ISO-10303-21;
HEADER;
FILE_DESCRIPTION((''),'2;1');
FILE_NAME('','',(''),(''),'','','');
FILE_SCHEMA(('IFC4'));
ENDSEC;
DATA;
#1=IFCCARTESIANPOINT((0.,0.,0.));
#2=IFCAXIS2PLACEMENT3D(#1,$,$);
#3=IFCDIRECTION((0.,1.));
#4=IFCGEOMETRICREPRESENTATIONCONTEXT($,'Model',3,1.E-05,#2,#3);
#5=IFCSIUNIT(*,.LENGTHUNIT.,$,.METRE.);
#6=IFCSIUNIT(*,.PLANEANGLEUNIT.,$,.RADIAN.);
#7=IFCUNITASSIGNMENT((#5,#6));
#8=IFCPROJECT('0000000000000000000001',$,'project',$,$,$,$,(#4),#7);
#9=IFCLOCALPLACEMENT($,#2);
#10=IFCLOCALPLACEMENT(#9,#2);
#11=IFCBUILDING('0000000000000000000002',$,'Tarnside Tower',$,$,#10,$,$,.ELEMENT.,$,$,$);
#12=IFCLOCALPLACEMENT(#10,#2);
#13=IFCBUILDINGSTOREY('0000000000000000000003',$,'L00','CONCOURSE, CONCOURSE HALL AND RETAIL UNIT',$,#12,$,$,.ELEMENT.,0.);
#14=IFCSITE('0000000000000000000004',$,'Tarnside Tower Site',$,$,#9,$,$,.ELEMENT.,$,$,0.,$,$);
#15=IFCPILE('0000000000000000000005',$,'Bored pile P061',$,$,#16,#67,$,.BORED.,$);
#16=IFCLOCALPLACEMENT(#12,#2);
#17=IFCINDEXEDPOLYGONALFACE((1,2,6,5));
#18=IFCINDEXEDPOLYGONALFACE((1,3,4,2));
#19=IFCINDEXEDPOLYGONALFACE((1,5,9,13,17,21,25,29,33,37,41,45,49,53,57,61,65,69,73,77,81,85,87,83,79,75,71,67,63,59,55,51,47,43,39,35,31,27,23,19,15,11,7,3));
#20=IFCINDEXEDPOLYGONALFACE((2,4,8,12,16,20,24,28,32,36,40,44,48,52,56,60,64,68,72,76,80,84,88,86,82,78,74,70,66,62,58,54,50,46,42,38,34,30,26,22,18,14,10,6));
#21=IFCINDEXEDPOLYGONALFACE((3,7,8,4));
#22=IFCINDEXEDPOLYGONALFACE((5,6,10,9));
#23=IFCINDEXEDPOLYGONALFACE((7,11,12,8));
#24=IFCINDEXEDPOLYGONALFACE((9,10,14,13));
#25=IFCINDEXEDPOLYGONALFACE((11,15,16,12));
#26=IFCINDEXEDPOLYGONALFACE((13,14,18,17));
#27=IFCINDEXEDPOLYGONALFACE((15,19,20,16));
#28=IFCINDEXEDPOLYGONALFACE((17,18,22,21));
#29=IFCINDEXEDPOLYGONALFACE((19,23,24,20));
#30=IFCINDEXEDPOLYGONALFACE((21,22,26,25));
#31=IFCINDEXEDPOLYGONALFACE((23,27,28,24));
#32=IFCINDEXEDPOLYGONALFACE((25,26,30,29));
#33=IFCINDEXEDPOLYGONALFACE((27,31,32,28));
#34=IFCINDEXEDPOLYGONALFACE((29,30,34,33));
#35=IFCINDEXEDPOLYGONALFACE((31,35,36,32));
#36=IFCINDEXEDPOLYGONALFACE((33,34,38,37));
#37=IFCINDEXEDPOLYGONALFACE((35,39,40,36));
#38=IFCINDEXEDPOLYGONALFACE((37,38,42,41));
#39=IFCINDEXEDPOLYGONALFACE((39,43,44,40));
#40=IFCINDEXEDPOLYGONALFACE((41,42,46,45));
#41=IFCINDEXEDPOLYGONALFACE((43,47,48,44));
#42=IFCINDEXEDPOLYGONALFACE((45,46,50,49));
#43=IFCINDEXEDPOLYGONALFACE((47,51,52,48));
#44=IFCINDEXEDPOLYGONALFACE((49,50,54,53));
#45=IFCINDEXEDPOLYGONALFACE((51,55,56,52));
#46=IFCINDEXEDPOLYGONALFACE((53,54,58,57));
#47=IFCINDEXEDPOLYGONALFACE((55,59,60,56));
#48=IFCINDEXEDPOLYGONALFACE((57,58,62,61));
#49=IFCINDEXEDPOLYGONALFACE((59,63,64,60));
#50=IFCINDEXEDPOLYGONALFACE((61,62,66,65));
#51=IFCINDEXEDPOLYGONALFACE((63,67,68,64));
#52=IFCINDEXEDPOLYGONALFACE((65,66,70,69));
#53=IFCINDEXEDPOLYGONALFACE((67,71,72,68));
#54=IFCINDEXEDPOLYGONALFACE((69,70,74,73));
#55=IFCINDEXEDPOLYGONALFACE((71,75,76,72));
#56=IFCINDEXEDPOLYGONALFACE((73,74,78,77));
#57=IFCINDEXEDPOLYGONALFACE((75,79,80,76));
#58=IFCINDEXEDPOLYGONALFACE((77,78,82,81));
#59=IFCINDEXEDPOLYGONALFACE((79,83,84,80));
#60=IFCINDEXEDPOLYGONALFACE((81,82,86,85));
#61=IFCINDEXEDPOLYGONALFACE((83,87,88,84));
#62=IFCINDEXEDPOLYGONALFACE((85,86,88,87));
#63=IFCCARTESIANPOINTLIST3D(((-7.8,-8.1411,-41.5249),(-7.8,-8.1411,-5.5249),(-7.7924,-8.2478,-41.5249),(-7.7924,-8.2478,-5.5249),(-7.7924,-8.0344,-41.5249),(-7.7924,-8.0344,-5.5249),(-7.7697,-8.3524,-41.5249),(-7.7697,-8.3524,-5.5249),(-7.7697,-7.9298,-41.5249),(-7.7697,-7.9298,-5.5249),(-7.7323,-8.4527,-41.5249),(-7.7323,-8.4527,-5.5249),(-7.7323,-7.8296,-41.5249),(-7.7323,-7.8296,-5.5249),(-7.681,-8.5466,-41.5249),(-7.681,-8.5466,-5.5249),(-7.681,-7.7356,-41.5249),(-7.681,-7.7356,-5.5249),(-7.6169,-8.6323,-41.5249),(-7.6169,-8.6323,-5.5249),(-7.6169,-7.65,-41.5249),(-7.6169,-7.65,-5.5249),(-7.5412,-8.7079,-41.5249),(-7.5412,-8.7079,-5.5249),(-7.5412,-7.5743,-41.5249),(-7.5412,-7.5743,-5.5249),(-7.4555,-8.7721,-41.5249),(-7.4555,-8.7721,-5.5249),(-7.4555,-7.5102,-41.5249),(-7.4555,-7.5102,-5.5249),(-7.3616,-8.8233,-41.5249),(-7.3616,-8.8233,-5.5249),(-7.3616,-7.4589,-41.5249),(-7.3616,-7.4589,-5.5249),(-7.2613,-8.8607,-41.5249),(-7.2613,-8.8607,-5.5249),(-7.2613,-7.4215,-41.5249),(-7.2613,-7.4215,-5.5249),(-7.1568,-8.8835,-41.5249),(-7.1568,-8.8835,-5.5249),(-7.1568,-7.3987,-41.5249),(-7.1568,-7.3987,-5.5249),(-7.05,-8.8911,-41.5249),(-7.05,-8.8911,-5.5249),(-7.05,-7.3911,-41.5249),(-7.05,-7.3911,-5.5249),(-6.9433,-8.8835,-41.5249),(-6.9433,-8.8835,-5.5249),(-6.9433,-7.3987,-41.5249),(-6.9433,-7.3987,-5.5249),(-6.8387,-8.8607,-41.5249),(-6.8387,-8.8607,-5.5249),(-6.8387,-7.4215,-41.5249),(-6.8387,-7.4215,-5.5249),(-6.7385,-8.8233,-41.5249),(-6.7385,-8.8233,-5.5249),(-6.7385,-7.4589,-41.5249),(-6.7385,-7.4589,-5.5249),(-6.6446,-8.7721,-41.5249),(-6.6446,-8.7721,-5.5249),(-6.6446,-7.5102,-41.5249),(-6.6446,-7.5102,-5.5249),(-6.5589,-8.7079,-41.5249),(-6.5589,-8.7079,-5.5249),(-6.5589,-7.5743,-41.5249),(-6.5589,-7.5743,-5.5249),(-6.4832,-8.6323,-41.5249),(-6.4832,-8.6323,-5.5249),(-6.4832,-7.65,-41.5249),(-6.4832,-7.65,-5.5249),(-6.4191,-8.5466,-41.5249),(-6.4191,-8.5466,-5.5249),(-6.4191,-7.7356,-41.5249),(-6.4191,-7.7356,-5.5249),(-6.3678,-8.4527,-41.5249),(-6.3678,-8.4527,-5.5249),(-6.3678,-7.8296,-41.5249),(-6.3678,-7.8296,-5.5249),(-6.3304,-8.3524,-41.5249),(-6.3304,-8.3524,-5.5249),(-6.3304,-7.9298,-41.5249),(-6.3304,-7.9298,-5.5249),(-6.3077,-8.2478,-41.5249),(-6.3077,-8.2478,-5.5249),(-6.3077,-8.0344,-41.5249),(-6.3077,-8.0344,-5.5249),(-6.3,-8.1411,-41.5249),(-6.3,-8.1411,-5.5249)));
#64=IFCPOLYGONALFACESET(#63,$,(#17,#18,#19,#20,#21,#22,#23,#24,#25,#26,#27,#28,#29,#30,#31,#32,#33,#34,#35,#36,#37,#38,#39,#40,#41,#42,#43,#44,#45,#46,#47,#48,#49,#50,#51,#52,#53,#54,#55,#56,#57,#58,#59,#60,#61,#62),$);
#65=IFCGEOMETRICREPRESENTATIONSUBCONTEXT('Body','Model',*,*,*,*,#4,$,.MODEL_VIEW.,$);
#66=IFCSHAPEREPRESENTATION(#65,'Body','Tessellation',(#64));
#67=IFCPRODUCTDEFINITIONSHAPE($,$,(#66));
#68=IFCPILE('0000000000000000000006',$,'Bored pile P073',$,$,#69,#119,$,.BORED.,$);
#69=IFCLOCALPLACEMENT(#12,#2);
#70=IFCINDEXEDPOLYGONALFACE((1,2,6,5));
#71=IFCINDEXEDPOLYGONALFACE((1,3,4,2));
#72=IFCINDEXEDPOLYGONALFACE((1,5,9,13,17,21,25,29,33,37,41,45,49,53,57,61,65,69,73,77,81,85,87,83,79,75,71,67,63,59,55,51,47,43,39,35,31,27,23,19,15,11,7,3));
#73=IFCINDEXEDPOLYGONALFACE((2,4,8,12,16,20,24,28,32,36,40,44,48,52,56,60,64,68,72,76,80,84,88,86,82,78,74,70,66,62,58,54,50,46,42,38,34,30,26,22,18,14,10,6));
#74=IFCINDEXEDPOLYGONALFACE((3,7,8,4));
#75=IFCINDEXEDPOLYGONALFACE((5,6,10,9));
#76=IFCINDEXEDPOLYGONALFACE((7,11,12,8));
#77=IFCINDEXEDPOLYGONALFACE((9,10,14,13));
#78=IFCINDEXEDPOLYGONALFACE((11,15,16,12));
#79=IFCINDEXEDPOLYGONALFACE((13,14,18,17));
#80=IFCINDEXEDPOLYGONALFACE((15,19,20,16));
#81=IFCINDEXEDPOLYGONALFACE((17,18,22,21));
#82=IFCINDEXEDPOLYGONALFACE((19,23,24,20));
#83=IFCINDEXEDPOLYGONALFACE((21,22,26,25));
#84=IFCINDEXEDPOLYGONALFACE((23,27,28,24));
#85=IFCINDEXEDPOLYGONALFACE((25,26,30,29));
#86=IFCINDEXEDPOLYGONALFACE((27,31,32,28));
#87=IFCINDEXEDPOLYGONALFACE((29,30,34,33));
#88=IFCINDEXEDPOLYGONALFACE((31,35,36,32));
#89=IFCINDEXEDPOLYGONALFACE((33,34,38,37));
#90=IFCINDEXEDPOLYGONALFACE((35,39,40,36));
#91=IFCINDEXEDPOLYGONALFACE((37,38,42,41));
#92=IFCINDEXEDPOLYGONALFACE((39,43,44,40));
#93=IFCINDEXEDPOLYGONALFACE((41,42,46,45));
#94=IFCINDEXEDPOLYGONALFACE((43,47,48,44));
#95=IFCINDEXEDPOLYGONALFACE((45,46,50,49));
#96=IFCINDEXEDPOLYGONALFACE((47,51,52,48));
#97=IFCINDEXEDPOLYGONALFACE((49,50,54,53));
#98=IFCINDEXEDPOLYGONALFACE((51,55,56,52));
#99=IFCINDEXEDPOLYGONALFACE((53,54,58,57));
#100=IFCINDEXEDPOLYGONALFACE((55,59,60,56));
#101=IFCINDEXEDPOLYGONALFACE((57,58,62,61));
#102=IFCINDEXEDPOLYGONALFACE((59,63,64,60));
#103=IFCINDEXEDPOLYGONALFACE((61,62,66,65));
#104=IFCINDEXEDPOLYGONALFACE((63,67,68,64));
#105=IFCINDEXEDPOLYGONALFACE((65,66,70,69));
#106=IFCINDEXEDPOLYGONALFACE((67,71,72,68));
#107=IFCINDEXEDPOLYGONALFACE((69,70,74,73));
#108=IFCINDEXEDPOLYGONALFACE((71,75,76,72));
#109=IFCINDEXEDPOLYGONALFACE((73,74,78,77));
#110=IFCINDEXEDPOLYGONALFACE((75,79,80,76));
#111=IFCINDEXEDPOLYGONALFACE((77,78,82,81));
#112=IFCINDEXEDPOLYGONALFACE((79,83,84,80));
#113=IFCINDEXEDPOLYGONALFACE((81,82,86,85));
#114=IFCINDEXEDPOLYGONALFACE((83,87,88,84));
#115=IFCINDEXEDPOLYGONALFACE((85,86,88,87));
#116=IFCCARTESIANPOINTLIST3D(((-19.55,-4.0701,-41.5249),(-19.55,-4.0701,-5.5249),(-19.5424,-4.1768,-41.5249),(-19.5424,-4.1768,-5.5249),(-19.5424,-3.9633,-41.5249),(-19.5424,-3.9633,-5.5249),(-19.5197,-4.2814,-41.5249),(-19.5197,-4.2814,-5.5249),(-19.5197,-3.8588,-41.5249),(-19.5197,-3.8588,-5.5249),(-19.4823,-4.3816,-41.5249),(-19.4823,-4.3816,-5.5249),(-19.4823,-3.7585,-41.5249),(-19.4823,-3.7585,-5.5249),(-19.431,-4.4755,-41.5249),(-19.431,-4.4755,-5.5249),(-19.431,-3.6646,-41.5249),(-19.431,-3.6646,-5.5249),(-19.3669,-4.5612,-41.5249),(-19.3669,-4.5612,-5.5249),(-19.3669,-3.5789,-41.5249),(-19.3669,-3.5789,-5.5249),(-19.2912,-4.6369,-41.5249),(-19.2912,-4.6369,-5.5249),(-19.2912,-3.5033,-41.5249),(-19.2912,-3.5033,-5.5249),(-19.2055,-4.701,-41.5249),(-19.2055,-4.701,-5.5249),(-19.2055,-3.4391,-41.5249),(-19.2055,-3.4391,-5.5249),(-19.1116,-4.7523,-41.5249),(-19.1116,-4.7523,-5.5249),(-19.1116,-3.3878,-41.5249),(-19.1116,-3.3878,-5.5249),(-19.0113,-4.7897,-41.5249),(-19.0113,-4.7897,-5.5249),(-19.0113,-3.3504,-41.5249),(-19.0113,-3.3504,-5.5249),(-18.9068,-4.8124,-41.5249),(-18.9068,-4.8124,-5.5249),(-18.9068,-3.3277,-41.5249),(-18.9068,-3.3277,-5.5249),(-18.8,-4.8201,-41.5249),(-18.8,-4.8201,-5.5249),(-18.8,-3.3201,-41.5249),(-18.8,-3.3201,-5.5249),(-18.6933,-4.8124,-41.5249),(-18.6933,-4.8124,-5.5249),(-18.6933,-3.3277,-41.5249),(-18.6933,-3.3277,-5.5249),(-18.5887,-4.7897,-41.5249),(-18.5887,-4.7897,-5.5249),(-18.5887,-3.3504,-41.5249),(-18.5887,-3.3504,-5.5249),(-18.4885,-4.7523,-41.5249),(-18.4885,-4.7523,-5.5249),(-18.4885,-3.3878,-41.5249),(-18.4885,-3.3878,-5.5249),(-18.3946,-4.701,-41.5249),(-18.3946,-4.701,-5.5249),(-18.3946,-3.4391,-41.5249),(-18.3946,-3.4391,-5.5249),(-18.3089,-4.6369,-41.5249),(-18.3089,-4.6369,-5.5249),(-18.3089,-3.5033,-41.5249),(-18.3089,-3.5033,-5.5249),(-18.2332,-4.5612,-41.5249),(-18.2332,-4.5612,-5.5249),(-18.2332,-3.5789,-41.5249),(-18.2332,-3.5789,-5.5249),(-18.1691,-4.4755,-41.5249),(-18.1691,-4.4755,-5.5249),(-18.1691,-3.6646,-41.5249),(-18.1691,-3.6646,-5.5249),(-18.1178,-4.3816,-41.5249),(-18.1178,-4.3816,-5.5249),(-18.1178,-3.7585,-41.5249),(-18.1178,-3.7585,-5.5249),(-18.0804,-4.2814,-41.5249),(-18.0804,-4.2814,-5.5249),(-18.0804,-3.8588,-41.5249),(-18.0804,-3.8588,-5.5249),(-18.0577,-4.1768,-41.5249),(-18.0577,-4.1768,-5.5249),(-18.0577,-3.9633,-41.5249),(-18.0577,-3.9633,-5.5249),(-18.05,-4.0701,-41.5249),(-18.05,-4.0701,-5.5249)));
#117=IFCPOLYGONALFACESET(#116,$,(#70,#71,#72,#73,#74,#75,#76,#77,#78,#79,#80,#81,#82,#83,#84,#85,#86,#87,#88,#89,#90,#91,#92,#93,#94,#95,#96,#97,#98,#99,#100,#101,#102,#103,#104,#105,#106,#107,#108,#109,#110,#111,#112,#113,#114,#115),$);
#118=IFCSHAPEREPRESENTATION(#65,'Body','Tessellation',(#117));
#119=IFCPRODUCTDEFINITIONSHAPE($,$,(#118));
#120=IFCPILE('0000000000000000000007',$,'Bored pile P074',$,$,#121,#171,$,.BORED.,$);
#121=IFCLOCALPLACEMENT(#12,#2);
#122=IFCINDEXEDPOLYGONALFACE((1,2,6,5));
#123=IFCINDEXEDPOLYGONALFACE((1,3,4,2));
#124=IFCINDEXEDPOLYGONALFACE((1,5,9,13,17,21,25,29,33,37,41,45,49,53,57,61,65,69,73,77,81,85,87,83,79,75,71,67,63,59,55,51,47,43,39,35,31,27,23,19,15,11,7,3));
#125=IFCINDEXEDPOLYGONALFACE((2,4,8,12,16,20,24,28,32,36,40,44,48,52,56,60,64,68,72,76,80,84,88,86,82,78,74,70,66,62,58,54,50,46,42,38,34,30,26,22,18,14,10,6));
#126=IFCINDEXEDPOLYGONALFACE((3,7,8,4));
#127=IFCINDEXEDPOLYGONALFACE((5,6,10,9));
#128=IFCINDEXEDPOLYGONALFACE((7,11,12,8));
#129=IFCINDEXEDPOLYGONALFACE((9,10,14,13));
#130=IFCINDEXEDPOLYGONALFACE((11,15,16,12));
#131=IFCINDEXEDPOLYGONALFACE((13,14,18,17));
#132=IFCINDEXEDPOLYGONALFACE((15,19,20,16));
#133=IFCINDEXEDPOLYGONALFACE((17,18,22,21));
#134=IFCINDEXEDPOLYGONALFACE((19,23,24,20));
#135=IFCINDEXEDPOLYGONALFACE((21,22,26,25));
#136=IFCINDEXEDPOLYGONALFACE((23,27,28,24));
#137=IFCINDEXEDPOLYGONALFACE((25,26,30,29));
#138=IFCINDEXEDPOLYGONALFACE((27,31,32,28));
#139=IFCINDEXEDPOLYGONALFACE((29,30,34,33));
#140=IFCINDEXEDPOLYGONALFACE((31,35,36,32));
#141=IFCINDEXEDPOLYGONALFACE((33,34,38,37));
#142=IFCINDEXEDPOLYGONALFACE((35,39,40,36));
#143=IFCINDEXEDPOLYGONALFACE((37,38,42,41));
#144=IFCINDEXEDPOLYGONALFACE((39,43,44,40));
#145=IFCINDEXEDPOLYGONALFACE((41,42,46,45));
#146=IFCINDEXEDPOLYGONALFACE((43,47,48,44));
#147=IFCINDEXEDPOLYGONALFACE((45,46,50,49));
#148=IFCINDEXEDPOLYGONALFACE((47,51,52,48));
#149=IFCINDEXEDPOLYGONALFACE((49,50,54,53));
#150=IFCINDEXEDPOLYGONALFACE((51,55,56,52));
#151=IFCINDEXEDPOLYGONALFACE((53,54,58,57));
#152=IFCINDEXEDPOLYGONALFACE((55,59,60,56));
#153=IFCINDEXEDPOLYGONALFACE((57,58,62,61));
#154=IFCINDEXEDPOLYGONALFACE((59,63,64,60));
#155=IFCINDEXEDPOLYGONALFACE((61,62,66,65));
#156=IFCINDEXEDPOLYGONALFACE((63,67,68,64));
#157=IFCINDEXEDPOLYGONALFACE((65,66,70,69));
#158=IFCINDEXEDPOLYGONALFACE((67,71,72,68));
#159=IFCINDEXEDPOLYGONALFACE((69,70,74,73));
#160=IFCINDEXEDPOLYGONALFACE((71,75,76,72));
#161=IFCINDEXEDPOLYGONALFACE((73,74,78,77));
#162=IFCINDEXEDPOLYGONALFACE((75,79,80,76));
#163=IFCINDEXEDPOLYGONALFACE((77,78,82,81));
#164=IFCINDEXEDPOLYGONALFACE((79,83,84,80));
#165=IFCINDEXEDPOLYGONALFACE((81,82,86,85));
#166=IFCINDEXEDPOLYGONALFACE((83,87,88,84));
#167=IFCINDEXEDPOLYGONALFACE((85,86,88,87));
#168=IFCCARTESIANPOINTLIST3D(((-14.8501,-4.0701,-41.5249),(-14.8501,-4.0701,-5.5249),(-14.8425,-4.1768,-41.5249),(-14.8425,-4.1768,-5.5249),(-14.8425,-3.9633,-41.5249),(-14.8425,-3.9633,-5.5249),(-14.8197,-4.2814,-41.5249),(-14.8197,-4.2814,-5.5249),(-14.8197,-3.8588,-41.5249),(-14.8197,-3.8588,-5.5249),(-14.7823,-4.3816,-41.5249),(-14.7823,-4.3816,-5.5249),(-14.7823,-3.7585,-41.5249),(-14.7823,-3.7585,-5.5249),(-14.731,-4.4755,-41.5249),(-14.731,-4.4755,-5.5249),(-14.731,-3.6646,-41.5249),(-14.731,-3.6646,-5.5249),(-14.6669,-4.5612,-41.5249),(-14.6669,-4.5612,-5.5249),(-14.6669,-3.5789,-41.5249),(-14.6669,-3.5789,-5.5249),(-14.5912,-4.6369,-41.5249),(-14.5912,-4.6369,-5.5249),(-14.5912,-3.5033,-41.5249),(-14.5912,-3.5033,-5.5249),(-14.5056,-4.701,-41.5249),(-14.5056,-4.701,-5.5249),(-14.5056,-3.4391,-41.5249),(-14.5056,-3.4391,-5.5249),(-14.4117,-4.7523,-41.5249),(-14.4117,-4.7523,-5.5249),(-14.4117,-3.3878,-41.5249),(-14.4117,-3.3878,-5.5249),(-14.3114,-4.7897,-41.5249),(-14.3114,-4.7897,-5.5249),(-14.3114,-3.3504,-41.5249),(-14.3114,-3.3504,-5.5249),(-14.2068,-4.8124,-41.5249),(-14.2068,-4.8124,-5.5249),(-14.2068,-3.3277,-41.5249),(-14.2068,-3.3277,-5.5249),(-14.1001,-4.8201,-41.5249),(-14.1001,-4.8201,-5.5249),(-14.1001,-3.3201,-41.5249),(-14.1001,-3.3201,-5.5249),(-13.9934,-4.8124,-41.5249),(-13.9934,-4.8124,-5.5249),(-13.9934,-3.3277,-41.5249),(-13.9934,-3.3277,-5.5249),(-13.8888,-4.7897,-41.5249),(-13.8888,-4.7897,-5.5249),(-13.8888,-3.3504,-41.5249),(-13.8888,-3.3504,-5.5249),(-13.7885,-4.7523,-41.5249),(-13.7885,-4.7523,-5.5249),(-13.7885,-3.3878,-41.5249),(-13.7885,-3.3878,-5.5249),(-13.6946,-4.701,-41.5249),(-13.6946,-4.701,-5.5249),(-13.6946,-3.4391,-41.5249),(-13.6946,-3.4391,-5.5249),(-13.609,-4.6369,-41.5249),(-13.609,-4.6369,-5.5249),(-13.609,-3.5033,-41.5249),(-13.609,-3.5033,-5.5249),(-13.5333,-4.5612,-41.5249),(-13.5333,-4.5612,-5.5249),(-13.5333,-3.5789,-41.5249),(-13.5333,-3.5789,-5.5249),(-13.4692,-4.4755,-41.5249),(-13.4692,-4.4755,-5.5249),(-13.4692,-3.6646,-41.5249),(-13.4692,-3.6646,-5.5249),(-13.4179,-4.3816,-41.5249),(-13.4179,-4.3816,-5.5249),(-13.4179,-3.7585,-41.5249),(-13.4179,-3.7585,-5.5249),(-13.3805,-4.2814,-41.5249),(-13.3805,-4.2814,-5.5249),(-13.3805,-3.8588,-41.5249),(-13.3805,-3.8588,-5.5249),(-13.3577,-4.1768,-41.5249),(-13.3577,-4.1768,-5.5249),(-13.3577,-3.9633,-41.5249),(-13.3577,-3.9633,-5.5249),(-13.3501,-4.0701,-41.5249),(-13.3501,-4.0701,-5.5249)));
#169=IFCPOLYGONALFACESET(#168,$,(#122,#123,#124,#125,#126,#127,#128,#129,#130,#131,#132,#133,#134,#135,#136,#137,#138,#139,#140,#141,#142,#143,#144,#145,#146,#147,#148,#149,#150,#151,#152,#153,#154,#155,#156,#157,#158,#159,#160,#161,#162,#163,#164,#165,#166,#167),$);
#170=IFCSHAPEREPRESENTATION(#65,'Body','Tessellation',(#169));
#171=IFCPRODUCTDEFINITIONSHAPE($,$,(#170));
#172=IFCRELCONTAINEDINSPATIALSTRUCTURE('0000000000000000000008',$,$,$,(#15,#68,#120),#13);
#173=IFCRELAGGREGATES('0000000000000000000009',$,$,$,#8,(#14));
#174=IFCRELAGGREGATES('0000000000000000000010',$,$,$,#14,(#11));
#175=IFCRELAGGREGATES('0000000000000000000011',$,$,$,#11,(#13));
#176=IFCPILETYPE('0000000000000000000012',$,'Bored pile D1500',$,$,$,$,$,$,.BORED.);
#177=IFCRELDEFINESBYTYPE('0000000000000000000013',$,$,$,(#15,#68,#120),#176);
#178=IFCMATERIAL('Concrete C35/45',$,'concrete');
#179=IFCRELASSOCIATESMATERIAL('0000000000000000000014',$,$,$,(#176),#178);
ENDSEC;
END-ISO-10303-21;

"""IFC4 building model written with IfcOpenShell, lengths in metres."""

from ifc_helpers import new_model, si_unit, direction, frame, origin, origin_2d, place, context, subcontext, project, spatial, circle, extrude, material, material_profile, profile_set, type_object, element, save


model = new_model("IFC4")

# Units and contexts
model_context = context("Model", 3, precision=1e-05, world=origin(), true_north=direction((0.0, 1.0)))
body_context = subcontext(model_context, "Body", "Model", "MODEL_VIEW")
ifc_project = project(units=[si_unit("LENGTHUNIT", "METRE"), si_unit("PLANEANGLEUNIT", "RADIAN")], contexts=[model_context])

# Site, building, storey
site_placement = place(None, origin())
site = spatial("IfcSite", under=ifc_project, at=site_placement, Name="Tarnside Tower Site", CompositionType="ELEMENT", RefElevation=0.0)
building_placement = place(site_placement, origin())
building = spatial("IfcBuilding", under=site, at=building_placement, Name="Tarnside Tower", CompositionType="ELEMENT")
storey_placement = place(building_placement, origin())
storey = spatial("IfcBuildingStorey", under=building, at=storey_placement, Name="L00", Description="CONCOURSE, CONCOURSE HALL AND RETAIL UNIT", CompositionType="ELEMENT", Elevation=0.0)

# Piles
ifc_material_1 = material(Name="Concrete C35/45", Category="concrete")
ifc_material_profile_1 = material_profile(ifc_material_1, circle(Radius=0.75, at=origin_2d()), Name="Bored pile D1500")
ifc_profile_set_1 = profile_set([ifc_material_profile_1], Name="Concrete C35/45")
pile_type = type_object("IfcPileType", Name="Bored pile D1500", PredefinedType="BORED", material=ifc_profile_set_1)
for number, where, z_axis, x_axis, name in (
    (1, (-7.05, -8.1411, -5.5249), (0.0, 0.0, -1.0), (1.0, 0.0, 0.0), "Bored pile P061"),
    (2, (-18.8, -4.0701, -5.5249), (0.0, 0.0, -1.0), (1.0, 0.0, 0.0), "Bored pile P073"),
    (3, (-14.1001, -4.0701, -5.5249), (0.0, 0.0, -1.0), (1.0, 0.0, 0.0), "Bored pile P074"),
):
    element("IfcPile", number, at=place(storey_placement, frame(where, z_axis=z_axis, x_axis=x_axis)), inside=storey, type_object=pile_type, Name=name, PredefinedType="BORED", context=body_context, shape_type="SweptSolid", body=[
        extrude(circle(Radius=0.75, at=origin_2d()), origin(), (0.0, 0.0, 1.0), 36.0),
    ])

save(model, "model.ifc")
